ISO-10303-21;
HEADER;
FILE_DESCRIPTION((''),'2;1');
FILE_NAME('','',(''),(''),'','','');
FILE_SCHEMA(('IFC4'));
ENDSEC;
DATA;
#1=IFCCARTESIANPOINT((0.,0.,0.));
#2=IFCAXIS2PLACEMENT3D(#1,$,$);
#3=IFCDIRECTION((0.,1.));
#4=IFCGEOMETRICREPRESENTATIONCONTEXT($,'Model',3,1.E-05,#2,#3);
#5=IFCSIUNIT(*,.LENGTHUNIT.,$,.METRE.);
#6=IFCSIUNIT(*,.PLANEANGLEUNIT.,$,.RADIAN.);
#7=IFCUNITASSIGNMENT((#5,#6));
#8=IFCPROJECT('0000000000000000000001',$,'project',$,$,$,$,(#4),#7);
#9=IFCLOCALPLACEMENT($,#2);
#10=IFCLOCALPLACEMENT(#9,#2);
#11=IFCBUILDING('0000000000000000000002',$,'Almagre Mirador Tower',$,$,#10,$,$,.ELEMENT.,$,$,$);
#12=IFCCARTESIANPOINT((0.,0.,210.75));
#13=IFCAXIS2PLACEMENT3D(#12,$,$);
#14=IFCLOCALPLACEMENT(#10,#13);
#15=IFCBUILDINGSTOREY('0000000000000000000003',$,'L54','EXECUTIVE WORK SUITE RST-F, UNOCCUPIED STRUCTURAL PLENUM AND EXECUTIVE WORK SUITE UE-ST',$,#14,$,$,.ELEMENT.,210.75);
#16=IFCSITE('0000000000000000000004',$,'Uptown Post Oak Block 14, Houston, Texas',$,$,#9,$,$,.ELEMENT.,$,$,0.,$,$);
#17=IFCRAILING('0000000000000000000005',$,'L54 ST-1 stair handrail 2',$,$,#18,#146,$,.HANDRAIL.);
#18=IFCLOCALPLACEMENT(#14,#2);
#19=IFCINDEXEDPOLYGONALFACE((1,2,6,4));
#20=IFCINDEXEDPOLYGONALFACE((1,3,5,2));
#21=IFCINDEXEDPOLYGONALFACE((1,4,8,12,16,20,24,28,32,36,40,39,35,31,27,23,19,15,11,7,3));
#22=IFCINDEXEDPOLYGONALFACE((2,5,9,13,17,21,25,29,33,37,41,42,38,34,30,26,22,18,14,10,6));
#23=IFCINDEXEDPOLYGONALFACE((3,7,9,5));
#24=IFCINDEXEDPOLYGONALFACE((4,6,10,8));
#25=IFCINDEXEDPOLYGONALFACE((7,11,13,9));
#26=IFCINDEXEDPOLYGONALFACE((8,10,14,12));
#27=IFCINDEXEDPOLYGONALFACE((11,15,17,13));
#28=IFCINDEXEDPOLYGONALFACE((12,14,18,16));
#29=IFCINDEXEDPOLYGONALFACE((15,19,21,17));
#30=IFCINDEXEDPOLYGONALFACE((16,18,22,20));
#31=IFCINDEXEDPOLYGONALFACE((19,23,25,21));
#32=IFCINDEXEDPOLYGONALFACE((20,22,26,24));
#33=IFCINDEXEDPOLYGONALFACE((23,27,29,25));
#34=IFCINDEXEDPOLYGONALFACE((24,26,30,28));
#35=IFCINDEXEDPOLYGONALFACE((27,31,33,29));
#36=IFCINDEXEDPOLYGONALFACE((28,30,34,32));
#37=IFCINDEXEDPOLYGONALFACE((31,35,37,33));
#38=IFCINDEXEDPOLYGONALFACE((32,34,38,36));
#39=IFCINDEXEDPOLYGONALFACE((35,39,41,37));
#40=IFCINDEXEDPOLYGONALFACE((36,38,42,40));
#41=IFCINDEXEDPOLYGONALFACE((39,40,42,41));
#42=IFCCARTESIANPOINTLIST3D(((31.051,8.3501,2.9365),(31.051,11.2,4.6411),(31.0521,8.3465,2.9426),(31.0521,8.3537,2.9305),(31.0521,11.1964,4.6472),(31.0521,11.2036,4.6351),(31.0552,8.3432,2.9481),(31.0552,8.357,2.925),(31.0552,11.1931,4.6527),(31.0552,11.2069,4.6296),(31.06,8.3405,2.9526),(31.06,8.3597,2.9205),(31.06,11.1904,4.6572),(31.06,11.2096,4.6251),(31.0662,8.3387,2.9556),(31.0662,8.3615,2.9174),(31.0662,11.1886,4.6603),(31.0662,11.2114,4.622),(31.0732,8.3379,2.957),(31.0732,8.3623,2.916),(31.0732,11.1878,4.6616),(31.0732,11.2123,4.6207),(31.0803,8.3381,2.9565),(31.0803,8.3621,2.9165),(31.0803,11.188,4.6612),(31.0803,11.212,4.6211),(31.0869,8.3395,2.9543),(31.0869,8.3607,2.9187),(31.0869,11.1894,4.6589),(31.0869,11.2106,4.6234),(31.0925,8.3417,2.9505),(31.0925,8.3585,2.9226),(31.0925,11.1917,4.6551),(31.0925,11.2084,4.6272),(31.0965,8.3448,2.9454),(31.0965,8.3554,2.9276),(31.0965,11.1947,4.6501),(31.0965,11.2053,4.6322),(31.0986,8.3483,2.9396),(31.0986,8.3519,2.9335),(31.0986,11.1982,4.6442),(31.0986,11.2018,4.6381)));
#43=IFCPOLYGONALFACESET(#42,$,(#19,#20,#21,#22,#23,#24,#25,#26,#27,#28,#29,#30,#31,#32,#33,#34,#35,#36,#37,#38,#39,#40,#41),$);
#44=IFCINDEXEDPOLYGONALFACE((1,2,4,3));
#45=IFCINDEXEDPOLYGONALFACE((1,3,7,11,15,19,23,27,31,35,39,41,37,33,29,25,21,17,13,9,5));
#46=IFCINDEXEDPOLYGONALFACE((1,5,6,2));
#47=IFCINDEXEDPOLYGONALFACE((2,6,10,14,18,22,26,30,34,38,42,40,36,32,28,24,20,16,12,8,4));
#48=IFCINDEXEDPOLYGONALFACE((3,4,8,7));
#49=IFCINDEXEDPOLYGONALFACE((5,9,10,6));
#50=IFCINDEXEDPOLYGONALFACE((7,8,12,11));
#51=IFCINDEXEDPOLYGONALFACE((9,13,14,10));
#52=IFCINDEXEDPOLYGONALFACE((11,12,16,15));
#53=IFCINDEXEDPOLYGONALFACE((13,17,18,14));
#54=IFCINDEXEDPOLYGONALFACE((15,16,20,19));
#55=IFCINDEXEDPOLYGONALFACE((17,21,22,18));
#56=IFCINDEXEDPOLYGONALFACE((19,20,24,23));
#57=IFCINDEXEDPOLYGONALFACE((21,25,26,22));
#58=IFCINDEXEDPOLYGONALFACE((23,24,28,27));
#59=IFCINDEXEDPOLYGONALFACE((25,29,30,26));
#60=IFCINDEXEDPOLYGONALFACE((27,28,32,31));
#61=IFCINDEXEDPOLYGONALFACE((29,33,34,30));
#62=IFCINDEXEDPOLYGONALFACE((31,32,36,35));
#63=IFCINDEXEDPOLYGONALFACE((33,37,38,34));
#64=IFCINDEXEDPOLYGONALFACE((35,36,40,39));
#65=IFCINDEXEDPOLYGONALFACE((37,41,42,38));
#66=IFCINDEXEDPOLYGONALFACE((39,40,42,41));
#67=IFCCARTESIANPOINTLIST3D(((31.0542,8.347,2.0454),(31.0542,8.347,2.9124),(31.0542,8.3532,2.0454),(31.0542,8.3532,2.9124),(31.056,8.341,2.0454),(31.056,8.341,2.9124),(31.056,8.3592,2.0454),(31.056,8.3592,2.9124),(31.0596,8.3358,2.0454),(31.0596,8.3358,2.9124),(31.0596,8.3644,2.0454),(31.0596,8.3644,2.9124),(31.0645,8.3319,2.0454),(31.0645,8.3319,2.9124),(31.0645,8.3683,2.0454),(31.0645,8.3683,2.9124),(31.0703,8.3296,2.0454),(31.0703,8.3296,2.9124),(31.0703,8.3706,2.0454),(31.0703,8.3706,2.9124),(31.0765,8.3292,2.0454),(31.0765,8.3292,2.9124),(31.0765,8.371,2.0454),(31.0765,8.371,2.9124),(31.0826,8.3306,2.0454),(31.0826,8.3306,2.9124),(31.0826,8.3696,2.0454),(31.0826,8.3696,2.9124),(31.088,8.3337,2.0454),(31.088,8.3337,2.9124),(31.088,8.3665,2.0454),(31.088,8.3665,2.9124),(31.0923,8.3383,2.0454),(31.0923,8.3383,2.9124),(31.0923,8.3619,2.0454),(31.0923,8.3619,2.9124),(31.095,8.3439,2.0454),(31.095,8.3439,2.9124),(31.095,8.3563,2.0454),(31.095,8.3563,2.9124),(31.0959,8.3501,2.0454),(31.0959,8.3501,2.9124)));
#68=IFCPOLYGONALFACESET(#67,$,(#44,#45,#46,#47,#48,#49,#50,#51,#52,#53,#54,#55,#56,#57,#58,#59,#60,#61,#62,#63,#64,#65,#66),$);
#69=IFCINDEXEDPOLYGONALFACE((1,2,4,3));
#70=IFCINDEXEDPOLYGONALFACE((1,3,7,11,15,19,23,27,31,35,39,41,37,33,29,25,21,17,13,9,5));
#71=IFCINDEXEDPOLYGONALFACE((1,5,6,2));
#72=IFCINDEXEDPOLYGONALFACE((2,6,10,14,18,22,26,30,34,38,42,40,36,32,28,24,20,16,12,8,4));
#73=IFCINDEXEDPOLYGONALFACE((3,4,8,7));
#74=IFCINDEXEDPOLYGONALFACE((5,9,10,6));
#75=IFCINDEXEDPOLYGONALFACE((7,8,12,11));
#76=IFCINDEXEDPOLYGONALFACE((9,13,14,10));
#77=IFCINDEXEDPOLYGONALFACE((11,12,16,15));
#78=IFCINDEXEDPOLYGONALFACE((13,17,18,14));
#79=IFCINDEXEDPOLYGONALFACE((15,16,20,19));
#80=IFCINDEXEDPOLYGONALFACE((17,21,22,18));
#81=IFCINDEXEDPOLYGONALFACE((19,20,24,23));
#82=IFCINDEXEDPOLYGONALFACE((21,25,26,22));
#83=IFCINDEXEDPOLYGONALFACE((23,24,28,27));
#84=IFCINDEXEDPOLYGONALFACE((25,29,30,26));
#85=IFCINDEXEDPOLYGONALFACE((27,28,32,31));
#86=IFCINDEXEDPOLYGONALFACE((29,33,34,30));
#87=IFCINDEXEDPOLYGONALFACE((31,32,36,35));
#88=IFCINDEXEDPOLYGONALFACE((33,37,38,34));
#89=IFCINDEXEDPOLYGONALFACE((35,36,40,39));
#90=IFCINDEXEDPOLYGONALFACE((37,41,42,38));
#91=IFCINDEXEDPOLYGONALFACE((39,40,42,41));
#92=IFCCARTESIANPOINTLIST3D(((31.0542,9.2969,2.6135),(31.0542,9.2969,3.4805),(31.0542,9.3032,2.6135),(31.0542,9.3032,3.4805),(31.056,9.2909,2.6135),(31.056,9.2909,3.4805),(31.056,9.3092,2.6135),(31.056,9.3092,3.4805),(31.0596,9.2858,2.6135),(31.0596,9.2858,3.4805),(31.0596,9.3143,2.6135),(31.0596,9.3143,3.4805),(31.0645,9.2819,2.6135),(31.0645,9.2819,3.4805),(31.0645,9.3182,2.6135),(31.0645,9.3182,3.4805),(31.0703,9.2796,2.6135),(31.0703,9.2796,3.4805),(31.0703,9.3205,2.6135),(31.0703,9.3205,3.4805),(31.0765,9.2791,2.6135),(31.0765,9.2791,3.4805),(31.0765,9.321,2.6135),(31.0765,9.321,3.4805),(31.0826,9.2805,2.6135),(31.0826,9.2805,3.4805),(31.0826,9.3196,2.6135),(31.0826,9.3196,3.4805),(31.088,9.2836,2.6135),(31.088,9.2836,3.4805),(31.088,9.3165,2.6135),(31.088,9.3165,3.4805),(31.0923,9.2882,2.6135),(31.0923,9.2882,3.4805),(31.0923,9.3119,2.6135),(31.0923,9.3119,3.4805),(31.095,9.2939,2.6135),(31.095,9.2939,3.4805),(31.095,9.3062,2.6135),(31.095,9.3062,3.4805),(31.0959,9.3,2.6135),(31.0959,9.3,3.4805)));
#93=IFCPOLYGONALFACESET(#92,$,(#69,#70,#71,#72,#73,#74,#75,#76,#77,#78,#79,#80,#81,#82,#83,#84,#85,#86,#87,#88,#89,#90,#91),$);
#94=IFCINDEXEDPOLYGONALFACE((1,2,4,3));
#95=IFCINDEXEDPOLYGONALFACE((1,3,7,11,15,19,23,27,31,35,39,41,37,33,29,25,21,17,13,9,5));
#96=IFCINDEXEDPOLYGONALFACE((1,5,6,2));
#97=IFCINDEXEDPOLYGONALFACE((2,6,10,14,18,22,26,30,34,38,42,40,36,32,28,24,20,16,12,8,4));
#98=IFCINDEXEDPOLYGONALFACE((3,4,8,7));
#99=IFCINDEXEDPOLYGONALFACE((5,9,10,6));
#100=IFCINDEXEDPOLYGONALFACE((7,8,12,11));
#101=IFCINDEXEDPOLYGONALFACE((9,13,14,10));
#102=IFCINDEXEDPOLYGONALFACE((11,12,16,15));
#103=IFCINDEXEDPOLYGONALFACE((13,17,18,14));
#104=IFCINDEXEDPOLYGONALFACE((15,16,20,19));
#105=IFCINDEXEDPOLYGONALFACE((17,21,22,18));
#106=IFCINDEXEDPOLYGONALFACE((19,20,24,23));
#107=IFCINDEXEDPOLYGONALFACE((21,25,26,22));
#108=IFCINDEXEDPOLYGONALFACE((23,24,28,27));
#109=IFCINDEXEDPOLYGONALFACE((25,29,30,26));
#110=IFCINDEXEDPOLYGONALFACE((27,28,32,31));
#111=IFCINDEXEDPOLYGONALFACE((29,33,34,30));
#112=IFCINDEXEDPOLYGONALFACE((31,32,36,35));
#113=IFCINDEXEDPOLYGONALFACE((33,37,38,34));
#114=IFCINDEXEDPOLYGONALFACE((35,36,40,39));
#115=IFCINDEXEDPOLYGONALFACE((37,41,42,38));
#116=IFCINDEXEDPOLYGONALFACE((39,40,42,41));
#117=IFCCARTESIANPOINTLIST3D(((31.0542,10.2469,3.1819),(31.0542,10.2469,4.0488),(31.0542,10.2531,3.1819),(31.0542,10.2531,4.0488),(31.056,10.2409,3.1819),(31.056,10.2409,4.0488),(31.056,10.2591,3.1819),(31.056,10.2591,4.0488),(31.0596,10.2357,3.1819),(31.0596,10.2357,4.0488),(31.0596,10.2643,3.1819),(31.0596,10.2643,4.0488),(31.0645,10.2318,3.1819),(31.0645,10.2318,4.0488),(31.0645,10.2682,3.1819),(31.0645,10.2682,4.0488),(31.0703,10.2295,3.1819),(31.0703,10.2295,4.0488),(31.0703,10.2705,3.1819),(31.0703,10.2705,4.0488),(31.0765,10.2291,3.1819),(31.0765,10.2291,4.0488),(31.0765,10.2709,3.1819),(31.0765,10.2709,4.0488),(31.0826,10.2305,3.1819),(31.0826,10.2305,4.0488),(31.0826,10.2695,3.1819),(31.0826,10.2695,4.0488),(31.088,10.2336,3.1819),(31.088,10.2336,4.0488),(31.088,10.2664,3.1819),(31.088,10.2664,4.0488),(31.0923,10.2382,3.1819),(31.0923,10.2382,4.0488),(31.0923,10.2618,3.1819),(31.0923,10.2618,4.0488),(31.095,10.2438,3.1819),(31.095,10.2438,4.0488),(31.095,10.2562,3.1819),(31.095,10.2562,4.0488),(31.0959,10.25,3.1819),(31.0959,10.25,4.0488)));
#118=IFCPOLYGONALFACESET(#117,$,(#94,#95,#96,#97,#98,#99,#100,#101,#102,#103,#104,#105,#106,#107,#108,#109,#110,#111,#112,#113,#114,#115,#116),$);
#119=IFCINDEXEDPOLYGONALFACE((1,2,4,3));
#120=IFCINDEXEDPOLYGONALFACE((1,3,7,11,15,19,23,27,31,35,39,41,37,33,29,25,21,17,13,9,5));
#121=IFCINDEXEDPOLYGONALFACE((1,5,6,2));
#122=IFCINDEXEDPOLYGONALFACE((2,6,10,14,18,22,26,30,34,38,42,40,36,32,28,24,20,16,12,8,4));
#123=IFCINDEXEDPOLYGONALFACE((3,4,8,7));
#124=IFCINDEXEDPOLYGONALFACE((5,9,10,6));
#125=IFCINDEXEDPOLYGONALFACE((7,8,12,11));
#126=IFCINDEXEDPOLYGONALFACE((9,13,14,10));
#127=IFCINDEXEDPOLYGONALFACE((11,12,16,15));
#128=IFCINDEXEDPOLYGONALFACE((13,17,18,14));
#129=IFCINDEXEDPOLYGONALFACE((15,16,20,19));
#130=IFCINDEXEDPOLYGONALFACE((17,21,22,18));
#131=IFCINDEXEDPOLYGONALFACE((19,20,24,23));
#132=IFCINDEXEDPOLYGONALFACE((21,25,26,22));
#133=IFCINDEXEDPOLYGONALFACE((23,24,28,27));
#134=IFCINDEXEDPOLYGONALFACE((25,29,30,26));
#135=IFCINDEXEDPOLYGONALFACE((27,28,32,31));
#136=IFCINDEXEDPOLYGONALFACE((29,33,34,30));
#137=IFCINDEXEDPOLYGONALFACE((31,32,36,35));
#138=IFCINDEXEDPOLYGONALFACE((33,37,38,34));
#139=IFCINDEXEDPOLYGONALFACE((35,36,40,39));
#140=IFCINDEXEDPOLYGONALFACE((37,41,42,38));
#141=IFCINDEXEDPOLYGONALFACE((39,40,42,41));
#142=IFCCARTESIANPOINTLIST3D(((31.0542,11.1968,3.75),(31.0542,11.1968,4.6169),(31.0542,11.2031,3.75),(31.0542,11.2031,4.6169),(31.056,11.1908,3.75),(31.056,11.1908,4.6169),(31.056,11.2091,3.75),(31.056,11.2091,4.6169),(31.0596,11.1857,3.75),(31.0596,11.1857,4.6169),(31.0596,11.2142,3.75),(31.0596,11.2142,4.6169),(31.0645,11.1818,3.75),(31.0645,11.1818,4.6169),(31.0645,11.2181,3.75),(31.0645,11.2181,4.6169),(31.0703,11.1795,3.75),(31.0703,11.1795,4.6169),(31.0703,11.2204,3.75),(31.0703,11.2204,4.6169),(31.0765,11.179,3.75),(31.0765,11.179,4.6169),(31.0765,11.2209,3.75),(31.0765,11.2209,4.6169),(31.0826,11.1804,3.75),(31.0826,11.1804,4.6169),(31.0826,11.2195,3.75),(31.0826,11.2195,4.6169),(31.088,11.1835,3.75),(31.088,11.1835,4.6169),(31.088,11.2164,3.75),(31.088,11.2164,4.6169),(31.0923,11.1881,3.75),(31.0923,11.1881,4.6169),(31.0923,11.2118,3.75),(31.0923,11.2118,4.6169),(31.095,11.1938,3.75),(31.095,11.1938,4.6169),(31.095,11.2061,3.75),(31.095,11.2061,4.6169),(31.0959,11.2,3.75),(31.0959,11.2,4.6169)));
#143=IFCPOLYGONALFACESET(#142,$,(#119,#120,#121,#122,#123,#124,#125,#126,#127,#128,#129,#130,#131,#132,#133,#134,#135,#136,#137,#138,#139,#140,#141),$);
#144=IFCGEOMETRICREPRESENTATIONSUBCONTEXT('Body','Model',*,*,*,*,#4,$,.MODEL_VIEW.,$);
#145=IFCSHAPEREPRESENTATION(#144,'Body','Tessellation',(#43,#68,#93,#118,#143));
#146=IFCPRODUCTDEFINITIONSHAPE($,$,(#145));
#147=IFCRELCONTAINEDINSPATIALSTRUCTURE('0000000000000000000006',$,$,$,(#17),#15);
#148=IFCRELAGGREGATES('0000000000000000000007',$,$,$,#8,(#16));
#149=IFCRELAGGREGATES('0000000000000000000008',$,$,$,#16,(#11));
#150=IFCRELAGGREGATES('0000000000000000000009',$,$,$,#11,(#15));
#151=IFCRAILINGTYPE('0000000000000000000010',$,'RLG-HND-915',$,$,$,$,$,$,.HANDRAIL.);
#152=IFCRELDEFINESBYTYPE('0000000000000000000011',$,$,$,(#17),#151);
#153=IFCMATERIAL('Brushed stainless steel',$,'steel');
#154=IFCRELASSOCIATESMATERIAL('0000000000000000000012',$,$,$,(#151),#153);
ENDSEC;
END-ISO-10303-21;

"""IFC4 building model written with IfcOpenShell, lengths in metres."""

from ifc_helpers import new_model, si_unit, direction, frame, origin, origin_2d, place, context, subcontext, project, spatial, circle, extrude, material, type_object, element, save


model = new_model("IFC4")

# Units and contexts
model_context = context("Model", 3, precision=1e-05, world=origin(), true_north=direction((0.0, 1.0)))
body_context = subcontext(model_context, "Body", "Model", "MODEL_VIEW")
ifc_project = project(units=[si_unit("LENGTHUNIT", "METRE"), si_unit("PLANEANGLEUNIT", "RADIAN")], contexts=[model_context])

# Site, building, storey
site_placement = place(None, origin())
site = spatial("IfcSite", under=ifc_project, at=site_placement, Name="Uptown Post Oak Block 14, Houston, Texas", CompositionType="ELEMENT", RefElevation=0.0)
building_placement = place(site_placement, origin())
building = spatial("IfcBuilding", under=site, at=building_placement, Name="Almagre Mirador Tower", CompositionType="ELEMENT")
storey_placement = place(building_placement, frame((0.0, 0.0, 210.75)))
storey = spatial("IfcBuildingStorey", under=building, at=storey_placement, Name="L54", Description="EXECUTIVE WORK SUITE RST-F, UNOCCUPIED STRUCTURAL PLENUM AND EXECUTIVE WORK SUITE UE-ST", CompositionType="ELEMENT", Elevation=210.75)

# Railing
ifc_material_1 = material(Name="Brushed stainless steel", Category="steel")
railing_type_1 = type_object("IfcRailingType", Name="RLG-HND-915", PredefinedType="HANDRAIL", material=ifc_material_1)
railing_1_placement = place(storey_placement, frame((31.075, 8.3501, 2.0454)))
element("IfcRailing", 1, at=railing_1_placement, inside=storey, type_object=railing_type_1, Name="L54 ST-1 stair handrail 2", PredefinedType="HANDRAIL", context=body_context, shape_type="SweptSolid", body=[
    extrude(circle(Radius=0.0239, at=origin_2d()), frame((0.0, 0.0, 0.8911), z_axis=(0.0, 0.858199, 0.513317), x_axis=(-1.0, 0.0, 0.0)), (0.0, 0.0, 1.0), 3.3208),
    extrude(circle(Radius=0.021, at=origin_2d()), origin(), (0.0, 0.0, 1.0), 0.8669),
    extrude(circle(Radius=0.021, at=origin_2d()), frame((0.0, 0.95, 0.5681)), (0.0, 0.0, 1.0), 0.8669),
    extrude(circle(Radius=0.021, at=origin_2d()), frame((0.0, 1.8999, 1.1365)), (0.0, 0.0, 1.0), 0.8669),
    extrude(circle(Radius=0.021, at=origin_2d()), frame((0.0, 2.8499, 1.7046)), (0.0, 0.0, 1.0), 0.8669),
])

save(model, "model.ifc")
